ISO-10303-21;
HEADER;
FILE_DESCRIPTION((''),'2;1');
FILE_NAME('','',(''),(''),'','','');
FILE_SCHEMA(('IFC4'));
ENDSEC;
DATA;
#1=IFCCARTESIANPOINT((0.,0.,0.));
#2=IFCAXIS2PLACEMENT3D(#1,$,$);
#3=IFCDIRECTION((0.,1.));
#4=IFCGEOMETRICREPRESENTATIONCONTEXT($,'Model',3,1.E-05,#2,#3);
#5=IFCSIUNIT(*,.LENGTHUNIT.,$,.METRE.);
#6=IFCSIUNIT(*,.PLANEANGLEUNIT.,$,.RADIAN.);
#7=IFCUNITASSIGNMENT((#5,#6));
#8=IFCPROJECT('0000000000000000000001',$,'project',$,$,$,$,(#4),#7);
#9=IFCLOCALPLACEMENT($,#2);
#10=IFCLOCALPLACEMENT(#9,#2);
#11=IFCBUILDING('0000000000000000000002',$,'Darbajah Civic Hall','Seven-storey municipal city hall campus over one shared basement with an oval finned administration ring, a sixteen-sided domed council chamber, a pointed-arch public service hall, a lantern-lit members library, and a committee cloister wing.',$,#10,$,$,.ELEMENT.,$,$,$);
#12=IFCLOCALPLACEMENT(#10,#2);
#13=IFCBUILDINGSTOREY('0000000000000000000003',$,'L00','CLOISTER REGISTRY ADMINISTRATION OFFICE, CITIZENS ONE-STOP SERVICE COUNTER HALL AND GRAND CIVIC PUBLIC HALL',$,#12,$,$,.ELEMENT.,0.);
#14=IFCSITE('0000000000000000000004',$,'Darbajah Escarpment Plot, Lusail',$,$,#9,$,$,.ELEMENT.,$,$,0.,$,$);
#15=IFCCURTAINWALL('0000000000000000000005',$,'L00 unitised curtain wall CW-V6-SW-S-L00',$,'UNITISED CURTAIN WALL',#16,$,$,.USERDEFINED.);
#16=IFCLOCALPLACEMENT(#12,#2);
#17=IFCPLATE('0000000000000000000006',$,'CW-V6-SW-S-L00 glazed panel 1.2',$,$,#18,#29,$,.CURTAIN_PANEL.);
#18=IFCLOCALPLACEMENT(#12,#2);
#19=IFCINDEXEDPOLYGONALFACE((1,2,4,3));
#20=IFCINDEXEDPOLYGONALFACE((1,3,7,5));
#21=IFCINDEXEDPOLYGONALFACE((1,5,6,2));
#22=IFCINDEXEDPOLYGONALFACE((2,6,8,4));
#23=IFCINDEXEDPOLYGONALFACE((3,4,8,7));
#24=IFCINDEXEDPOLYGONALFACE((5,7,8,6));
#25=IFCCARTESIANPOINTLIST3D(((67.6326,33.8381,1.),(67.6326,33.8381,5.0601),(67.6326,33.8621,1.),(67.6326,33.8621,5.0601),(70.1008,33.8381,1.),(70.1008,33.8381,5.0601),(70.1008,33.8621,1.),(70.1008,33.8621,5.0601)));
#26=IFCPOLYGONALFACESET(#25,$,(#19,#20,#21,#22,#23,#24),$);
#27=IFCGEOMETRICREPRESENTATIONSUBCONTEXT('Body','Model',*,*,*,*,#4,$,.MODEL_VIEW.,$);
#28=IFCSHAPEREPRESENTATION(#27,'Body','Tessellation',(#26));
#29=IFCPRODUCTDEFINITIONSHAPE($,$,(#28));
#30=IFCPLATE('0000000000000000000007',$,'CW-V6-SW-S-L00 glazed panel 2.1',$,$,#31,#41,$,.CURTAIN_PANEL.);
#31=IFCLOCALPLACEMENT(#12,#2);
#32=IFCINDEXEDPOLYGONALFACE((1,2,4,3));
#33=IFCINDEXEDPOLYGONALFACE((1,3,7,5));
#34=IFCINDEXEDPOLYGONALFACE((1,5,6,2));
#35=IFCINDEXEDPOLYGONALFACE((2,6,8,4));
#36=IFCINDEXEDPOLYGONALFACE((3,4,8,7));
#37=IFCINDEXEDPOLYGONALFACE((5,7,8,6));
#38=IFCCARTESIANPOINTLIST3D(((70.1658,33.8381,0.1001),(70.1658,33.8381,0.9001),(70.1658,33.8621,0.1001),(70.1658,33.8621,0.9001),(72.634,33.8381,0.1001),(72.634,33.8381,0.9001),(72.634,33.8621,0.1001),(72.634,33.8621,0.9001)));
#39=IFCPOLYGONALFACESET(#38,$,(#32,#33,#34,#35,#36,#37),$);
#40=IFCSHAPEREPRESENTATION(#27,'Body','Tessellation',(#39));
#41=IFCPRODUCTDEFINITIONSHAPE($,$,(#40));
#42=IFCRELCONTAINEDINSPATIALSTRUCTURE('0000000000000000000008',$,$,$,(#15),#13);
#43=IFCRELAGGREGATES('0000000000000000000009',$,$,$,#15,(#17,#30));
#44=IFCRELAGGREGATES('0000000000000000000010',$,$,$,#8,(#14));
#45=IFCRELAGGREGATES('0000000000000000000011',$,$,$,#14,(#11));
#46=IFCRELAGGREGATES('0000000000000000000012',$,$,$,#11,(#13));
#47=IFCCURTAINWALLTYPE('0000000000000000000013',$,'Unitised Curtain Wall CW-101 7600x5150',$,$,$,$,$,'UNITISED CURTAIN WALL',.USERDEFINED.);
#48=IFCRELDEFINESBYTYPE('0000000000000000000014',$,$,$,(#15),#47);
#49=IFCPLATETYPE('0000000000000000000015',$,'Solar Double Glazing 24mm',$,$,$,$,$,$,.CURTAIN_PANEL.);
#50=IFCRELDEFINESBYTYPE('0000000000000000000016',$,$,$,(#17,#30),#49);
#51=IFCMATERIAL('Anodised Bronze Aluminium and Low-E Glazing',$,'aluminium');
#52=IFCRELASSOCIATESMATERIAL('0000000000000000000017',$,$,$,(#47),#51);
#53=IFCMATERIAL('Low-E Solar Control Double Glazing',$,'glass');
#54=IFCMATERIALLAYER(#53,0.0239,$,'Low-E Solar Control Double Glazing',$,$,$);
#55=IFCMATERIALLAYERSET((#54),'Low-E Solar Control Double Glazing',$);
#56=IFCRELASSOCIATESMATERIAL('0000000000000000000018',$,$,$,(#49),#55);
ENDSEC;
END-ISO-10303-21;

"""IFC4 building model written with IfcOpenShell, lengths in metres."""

from ifc_helpers import new_model, si_unit, direction, frame, origin, origin_2d, place, context, subcontext, project, spatial, rectangle, extrude, material, layer, layer_set, type_object, element, aggregate, save


model = new_model("IFC4")

# Units and contexts
model_context = context("Model", 3, precision=1e-05, world=origin(), true_north=direction((0.0, 1.0)))
body_context = subcontext(model_context, "Body", "Model", "MODEL_VIEW")
ifc_project = project(units=[si_unit("LENGTHUNIT", "METRE"), si_unit("PLANEANGLEUNIT", "RADIAN")], contexts=[model_context])

# Site, building, storey
site_placement = place(None, origin())
site = spatial("IfcSite", under=ifc_project, at=site_placement, Name="Darbajah Escarpment Plot, Lusail", CompositionType="ELEMENT", RefElevation=0.0)
building_placement = place(site_placement, origin())
building = spatial("IfcBuilding", under=site, at=building_placement, Name="Darbajah Civic Hall", Description="Seven-storey municipal city hall campus over one shared basement with an oval finned administration ring, a sixteen-sided domed council chamber, a pointed-arch public service hall, a lantern-lit members library, and a committee cloister wing.", CompositionType="ELEMENT")
storey_placement = place(building_placement, origin())
storey = spatial("IfcBuildingStorey", under=building, at=storey_placement, Name="L00", Description="CLOISTER REGISTRY ADMINISTRATION OFFICE, CITIZENS ONE-STOP SERVICE COUNTER HALL AND GRAND CIVIC PUBLIC HALL", CompositionType="ELEMENT", Elevation=0.0)

# Curtain wall
ifc_material_1 = material(Name="Anodised Bronze Aluminium and Low-E Glazing", Category="aluminium")
curtain_wall_type = type_object("IfcCurtainWallType", Name="Unitised Curtain Wall CW-101 7600x5150", ElementType="UNITISED CURTAIN WALL", PredefinedType="USERDEFINED", material=ifc_material_1)
curtain_wall_placement = place(storey_placement, origin())
curtain_wall = element("IfcCurtainWall", 1, at=curtain_wall_placement, inside=storey, type_object=curtain_wall_type, Name="L00 unitised curtain wall CW-V6-SW-S-L00", ObjectType="UNITISED CURTAIN WALL", PredefinedType="USERDEFINED")

# Plates
ifc_material_2 = material(Name="Low-E Solar Control Double Glazing", Category="glass")
ifc_layer = layer(ifc_material_2, 0.0239, Name="Low-E Solar Control Double Glazing")
ifc_layer_set = layer_set([ifc_layer], Name="Low-E Solar Control Double Glazing")
plate_type = type_object("IfcPlateType", Name="Solar Double Glazing 24mm", PredefinedType="CURTAIN_PANEL", material=ifc_layer_set)
plate_1_placement = place(storey_placement, frame((68.8667, 33.8501, 1.0), z_axis=(0.0, 0.0, 1.0), x_axis=(1.0, 0.0, 0.0)))
plate_1 = element("IfcPlate", 2, at=plate_1_placement, type_object=plate_type, Name="CW-V6-SW-S-L00 glazed panel 1.2", PredefinedType="CURTAIN_PANEL", context=body_context, shape_type="SweptSolid", body=[
    extrude(rectangle(XDim=2.4683, YDim=0.0239, at=origin_2d()), origin(), (0.0, 0.0, 1.0), 4.0601),
])
plate_2_placement = place(storey_placement, frame((71.3999, 33.8501, 0.1001), z_axis=(0.0, 0.0, 1.0), x_axis=(1.0, 0.0, 0.0)))
plate_2 = element("IfcPlate", 3, at=plate_2_placement, type_object=plate_type, Name="CW-V6-SW-S-L00 glazed panel 2.1", PredefinedType="CURTAIN_PANEL", context=body_context, shape_type="SweptSolid", body=[
    extrude(rectangle(XDim=2.4683, YDim=0.0239, at=origin_2d()), origin(), (0.0, 0.0, 1.0), 0.8),
])
aggregate(curtain_wall, [plate_1, plate_2])

save(model, "model.ifc")
